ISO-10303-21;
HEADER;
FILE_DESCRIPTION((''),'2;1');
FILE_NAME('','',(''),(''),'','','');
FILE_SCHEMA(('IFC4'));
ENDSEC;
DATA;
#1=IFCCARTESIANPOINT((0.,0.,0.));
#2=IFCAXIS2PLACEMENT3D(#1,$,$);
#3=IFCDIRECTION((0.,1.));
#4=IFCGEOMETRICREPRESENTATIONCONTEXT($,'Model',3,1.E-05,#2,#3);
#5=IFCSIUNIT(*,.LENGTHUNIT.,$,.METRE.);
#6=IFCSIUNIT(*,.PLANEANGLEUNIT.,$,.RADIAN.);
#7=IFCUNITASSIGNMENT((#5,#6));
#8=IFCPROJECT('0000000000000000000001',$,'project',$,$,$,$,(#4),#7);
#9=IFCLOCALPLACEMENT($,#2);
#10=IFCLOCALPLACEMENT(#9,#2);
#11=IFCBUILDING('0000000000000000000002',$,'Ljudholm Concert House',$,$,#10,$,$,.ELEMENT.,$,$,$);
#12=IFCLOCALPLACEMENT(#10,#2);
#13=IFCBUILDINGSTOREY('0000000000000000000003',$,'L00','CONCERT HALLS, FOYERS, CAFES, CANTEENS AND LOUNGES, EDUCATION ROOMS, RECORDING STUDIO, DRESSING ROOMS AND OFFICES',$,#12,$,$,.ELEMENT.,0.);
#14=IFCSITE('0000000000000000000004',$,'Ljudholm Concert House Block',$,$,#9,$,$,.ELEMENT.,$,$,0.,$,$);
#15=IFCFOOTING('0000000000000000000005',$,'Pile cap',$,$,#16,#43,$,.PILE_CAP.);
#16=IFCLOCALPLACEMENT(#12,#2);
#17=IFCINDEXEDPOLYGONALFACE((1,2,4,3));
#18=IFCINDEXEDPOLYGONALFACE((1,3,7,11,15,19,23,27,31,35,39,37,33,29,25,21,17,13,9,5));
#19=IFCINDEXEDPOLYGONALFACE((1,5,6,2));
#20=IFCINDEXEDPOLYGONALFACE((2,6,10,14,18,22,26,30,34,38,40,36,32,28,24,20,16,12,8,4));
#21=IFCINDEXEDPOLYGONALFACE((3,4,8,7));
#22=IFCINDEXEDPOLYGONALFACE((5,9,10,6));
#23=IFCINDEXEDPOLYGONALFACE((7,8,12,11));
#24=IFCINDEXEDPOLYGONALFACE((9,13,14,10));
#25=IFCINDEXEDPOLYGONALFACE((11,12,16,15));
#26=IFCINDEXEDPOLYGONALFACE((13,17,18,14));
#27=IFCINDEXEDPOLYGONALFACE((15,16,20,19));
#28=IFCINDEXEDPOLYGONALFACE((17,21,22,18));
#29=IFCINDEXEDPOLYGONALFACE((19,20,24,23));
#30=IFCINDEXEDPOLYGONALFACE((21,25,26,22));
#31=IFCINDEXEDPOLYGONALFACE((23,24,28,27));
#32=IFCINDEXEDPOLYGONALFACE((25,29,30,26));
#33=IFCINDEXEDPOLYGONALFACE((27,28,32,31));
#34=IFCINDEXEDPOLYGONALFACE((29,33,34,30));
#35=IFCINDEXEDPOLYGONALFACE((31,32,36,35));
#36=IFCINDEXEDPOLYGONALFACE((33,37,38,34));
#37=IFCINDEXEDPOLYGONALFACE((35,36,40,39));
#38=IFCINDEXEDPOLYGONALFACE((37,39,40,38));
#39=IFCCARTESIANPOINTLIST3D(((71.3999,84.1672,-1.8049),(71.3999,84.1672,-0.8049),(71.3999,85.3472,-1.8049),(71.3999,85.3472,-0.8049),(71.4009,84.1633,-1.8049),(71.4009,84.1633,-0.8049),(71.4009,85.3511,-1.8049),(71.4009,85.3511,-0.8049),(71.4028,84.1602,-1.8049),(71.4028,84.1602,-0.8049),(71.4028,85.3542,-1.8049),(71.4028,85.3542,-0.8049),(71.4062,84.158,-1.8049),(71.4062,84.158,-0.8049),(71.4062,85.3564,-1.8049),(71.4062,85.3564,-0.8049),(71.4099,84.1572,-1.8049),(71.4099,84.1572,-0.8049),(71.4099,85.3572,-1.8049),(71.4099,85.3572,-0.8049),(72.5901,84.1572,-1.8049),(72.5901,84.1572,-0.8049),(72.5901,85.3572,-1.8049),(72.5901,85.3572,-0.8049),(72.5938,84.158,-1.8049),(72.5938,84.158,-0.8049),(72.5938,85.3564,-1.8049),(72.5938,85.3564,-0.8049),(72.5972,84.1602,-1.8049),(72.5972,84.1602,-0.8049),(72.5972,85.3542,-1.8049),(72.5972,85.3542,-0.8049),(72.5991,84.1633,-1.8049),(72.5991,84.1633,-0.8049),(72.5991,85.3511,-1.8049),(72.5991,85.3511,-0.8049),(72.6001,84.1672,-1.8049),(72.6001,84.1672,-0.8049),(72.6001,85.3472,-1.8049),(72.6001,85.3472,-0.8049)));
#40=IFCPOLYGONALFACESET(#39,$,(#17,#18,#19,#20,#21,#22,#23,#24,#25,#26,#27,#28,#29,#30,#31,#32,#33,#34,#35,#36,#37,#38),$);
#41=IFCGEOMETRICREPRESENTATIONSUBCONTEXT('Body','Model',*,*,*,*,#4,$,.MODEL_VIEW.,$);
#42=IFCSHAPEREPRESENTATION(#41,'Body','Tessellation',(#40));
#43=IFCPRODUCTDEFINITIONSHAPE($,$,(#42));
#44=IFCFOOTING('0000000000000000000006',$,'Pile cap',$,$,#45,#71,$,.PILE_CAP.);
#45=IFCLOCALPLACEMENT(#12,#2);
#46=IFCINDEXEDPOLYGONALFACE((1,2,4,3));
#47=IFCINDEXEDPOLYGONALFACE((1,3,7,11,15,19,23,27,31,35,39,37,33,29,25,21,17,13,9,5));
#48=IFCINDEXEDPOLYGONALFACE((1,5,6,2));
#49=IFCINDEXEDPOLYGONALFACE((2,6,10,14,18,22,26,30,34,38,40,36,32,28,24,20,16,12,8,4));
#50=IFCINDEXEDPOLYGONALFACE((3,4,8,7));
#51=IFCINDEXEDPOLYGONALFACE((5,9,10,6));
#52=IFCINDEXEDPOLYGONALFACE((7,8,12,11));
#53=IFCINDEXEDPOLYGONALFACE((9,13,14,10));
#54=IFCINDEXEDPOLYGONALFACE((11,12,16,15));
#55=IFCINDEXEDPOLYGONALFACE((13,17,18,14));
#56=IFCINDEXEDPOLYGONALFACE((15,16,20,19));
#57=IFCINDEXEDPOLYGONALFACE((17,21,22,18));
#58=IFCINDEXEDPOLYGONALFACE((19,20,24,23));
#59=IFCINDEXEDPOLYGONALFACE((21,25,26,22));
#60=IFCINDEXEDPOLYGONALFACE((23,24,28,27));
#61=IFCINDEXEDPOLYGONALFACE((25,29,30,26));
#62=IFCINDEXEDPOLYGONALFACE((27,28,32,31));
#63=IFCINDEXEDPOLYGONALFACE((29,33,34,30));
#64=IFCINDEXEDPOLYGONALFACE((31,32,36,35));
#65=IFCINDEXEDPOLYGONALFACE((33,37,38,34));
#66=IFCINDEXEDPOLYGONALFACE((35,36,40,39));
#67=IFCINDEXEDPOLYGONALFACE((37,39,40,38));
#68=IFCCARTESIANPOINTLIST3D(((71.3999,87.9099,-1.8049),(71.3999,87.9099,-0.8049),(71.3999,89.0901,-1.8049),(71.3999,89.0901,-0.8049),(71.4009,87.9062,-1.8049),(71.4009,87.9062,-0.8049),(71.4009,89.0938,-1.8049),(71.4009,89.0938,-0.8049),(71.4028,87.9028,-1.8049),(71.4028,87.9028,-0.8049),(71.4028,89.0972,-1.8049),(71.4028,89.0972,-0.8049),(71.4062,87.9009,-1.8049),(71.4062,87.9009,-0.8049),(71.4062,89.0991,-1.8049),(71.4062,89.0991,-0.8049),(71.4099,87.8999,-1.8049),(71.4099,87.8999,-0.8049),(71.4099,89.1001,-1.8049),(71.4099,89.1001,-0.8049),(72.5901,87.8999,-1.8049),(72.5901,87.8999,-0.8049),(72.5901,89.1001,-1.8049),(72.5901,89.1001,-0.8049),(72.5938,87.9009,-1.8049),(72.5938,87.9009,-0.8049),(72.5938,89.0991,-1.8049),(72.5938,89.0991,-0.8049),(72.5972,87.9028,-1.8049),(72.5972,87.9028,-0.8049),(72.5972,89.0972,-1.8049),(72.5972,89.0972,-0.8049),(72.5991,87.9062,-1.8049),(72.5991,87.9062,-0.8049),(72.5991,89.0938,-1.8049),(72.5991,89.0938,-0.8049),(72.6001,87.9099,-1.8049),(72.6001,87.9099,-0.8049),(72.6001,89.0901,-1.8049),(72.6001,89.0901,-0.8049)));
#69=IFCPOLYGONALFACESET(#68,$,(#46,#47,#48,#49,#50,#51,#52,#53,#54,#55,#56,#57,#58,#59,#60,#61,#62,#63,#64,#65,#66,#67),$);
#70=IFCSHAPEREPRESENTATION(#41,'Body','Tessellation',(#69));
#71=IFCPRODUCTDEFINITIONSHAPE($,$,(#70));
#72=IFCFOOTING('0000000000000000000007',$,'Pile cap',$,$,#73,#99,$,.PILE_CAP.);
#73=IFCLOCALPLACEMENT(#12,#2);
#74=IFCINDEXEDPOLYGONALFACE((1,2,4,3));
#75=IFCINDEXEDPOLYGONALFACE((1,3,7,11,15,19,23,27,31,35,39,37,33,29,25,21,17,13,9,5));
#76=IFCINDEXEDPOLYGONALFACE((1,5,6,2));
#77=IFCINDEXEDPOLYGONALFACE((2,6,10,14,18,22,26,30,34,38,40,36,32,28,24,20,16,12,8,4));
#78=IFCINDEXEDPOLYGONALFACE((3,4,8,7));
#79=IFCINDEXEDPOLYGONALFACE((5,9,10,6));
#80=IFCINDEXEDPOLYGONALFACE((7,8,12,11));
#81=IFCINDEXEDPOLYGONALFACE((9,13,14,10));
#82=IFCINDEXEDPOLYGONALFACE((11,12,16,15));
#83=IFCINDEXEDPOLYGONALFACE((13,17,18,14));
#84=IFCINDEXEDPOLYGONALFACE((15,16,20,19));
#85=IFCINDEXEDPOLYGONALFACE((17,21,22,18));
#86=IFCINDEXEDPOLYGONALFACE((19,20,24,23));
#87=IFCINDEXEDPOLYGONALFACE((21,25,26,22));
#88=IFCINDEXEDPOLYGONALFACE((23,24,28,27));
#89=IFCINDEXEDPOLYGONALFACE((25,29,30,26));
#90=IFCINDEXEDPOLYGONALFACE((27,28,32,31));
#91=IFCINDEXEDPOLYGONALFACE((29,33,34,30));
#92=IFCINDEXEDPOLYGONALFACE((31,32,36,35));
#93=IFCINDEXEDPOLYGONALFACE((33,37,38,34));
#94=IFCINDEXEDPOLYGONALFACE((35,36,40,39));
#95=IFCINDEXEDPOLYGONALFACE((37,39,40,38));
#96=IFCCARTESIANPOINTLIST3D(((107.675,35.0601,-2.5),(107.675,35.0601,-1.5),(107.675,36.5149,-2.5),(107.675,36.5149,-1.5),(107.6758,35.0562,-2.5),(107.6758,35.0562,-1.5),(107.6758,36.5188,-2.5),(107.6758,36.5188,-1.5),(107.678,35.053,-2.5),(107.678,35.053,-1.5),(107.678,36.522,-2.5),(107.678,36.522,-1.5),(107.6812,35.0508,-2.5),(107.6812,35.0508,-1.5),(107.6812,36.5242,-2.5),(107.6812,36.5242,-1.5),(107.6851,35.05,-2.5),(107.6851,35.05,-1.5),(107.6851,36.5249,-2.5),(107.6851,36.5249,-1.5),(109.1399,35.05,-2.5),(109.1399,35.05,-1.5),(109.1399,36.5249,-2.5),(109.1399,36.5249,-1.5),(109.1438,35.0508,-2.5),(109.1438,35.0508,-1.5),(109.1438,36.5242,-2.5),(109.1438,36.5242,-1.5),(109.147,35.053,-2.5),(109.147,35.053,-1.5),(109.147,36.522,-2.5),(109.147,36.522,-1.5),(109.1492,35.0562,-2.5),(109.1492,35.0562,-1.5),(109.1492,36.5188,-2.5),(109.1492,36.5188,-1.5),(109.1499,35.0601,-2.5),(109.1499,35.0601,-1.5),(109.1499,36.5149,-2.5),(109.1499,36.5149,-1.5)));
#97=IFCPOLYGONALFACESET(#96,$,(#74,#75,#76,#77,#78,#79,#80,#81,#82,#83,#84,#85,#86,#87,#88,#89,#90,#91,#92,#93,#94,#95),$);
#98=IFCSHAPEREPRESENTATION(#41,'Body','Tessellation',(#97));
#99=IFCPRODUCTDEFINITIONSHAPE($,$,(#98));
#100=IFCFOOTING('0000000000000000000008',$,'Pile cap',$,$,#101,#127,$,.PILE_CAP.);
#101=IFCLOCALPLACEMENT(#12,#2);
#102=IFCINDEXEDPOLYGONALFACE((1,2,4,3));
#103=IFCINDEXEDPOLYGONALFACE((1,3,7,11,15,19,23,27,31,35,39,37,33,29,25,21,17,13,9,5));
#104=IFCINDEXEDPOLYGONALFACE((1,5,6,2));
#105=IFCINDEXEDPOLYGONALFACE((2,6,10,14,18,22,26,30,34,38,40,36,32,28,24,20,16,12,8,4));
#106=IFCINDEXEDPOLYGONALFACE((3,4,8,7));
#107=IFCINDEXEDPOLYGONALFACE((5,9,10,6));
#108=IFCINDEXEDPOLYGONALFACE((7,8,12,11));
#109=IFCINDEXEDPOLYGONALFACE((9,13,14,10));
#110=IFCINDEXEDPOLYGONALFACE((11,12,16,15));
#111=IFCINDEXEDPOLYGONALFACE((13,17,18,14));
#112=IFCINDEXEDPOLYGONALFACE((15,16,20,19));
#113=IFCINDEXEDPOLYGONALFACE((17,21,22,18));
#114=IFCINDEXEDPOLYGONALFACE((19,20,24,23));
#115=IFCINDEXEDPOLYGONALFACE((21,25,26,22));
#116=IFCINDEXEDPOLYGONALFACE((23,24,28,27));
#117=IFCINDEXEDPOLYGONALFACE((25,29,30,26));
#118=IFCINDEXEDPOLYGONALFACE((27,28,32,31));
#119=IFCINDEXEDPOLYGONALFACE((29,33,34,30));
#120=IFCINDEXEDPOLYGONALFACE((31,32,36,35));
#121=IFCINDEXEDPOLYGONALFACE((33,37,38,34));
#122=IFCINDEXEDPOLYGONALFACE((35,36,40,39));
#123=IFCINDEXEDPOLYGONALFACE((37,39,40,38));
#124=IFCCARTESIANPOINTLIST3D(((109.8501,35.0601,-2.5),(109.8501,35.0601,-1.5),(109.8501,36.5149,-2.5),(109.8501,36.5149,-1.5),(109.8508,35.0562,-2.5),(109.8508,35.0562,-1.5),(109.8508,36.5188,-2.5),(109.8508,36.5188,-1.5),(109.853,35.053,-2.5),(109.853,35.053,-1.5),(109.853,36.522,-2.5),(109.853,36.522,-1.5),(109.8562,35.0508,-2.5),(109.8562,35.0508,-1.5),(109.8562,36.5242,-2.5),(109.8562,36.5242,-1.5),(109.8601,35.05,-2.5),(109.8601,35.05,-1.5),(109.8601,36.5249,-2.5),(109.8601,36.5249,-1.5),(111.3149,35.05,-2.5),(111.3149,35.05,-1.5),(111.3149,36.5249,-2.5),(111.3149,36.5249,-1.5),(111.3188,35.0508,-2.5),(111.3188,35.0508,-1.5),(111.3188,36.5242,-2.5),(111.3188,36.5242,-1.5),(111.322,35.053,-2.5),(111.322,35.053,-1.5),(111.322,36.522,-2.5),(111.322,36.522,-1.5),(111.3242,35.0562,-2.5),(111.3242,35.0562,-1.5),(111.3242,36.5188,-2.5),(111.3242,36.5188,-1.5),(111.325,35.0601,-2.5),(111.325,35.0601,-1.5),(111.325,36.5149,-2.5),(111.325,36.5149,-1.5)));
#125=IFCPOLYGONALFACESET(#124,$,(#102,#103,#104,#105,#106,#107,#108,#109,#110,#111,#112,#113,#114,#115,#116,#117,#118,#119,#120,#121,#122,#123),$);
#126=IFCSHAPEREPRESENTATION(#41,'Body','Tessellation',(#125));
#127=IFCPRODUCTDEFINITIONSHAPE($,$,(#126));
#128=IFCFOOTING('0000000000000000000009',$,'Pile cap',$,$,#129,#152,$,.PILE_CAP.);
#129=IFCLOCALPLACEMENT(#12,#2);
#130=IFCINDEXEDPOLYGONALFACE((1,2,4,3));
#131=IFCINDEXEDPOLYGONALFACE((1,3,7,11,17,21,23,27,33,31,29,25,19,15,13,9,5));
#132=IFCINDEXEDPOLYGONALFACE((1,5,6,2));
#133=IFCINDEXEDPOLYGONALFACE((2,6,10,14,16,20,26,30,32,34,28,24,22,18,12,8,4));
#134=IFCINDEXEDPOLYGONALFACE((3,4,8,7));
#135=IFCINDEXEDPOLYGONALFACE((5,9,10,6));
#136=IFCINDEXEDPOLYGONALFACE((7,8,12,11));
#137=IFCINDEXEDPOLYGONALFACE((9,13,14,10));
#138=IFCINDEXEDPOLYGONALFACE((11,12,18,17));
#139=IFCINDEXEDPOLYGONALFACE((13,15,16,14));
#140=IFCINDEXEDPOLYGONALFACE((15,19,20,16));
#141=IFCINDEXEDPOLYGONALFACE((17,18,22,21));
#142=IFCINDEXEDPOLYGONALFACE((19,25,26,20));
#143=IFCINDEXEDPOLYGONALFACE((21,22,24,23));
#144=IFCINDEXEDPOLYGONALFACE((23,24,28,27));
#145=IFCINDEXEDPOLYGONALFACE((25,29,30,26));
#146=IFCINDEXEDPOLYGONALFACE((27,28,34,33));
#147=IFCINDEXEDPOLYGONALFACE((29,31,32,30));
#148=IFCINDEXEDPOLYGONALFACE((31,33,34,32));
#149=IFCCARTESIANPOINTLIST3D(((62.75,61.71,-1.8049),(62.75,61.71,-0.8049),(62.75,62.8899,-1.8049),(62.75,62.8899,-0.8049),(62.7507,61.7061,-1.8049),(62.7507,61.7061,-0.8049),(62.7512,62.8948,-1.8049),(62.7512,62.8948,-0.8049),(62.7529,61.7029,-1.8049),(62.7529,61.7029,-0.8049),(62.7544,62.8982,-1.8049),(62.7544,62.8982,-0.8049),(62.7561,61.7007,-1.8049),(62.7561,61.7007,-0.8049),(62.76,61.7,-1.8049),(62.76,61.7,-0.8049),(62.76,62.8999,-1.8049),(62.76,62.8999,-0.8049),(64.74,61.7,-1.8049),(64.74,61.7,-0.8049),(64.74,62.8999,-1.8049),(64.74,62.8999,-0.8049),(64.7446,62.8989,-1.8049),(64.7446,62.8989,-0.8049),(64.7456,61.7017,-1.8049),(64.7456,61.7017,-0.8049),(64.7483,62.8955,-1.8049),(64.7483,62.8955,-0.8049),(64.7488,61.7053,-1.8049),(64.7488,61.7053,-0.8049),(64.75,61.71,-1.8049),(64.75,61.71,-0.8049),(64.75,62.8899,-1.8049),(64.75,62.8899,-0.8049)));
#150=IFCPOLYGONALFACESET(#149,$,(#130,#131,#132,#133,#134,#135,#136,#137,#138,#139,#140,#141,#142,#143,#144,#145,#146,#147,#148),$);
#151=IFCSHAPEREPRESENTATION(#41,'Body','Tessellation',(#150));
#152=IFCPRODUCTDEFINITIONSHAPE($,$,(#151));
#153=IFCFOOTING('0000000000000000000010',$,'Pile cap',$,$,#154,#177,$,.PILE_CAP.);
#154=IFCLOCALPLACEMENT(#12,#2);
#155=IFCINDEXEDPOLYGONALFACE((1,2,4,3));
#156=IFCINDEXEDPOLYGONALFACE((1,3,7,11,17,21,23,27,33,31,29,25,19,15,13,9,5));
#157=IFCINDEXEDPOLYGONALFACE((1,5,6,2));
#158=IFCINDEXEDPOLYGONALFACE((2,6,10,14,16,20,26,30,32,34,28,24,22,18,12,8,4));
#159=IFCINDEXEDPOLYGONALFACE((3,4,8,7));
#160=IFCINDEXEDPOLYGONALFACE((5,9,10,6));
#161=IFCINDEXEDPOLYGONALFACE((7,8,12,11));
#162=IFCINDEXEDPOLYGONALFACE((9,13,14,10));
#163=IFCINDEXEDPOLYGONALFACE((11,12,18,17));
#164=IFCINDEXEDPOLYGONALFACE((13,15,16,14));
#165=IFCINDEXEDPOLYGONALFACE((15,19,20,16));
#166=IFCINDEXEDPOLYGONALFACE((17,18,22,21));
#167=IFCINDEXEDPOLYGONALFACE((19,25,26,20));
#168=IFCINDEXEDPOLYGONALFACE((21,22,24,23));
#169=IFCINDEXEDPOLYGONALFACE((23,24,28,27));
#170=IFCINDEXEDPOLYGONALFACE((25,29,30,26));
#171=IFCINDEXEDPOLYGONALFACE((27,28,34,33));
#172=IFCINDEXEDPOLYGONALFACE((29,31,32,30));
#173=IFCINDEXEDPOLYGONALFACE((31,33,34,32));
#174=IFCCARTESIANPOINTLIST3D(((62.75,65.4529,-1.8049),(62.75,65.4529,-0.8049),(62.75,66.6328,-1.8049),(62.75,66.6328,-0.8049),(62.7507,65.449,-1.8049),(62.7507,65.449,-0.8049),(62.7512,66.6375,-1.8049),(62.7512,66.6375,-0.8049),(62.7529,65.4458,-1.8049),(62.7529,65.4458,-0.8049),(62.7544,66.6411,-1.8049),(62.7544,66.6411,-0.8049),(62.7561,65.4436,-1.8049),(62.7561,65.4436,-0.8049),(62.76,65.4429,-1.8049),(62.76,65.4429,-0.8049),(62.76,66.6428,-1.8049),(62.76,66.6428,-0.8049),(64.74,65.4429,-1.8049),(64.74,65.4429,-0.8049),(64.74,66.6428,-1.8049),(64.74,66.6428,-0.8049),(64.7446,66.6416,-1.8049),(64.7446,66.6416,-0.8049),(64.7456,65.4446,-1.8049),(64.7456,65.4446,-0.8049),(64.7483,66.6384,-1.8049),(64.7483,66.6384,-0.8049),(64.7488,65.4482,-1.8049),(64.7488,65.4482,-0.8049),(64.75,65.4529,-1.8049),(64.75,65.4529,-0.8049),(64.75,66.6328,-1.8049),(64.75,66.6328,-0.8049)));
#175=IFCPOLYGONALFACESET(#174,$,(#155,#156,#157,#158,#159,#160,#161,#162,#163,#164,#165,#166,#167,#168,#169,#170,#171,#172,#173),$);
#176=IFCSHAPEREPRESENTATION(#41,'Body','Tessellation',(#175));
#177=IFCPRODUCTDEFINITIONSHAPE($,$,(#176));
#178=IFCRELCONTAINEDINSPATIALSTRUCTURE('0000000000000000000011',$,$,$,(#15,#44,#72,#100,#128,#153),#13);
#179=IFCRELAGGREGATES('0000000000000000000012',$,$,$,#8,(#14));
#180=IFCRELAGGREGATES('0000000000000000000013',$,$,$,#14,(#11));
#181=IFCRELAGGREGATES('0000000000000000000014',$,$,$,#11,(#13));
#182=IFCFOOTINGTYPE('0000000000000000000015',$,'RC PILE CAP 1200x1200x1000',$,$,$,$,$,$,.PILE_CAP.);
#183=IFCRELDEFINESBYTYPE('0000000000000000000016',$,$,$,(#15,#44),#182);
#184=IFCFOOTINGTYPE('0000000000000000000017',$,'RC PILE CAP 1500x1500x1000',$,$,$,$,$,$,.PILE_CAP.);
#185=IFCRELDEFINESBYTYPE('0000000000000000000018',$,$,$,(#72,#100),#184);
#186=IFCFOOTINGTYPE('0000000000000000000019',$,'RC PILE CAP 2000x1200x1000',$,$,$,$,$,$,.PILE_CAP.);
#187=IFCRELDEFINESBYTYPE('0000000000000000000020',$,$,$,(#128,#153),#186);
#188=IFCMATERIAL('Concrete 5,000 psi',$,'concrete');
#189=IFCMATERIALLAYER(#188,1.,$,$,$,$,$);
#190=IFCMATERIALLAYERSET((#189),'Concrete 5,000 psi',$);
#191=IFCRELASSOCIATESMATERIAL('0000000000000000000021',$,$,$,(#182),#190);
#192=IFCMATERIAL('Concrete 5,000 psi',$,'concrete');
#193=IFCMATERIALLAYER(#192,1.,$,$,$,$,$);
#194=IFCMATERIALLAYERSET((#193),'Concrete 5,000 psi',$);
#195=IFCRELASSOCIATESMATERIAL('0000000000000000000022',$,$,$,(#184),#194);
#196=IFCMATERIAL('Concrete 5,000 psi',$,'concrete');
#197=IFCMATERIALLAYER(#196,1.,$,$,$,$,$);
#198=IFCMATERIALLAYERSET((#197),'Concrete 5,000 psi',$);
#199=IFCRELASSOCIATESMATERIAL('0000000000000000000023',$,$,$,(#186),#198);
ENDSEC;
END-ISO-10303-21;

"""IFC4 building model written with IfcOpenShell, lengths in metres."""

from ifc_helpers import new_model, si_unit, direction, frame, origin, place, context, subcontext, project, spatial, polyline, outline, extrude, material, layer, layer_set, type_object, element, save


model = new_model("IFC4")

# Units and contexts
model_context = context("Model", 3, precision=1e-05, world=origin(), true_north=direction((0.0, 1.0)))
body_context = subcontext(model_context, "Body", "Model", "MODEL_VIEW")
ifc_project = project(units=[si_unit("LENGTHUNIT", "METRE"), si_unit("PLANEANGLEUNIT", "RADIAN")], contexts=[model_context])

# Site, building, storey
site_placement = place(None, origin())
site = spatial("IfcSite", under=ifc_project, at=site_placement, Name="Ljudholm Concert House Block", CompositionType="ELEMENT", RefElevation=0.0)
building_placement = place(site_placement, origin())
building = spatial("IfcBuilding", under=site, at=building_placement, Name="Ljudholm Concert House", CompositionType="ELEMENT")
storey_placement = place(building_placement, origin())
storey = spatial("IfcBuildingStorey", under=building, at=storey_placement, Name="L00", Description="CONCERT HALLS, FOYERS, CAFES, CANTEENS AND LOUNGES, EDUCATION ROOMS, RECORDING STUDIO, DRESSING ROOMS AND OFFICES", CompositionType="ELEMENT", Elevation=0.0)

# Footings
ifc_material_1 = material(Name="Concrete 5,000 psi", Category="concrete")
ifc_layer_1 = layer(ifc_material_1, 1.0)
ifc_layer_set_1 = layer_set([ifc_layer_1], Name="Concrete 5,000 psi")
footing_type_1 = type_object("IfcFootingType", Name="RC PILE CAP 1200x1200x1000", PredefinedType="PILE_CAP", material=ifc_layer_set_1)
footing_1_placement = place(storey_placement, frame((0.0, 0.0, -1.8049)))
element("IfcFooting", 1, at=footing_1_placement, inside=storey, type_object=footing_type_1, Name="Pile cap", PredefinedType="PILE_CAP", context=body_context, shape_type="SweptSolid", body=[
    extrude(outline(polyline([(71.4099, 84.1572), (72.5901, 84.1572), (72.5938, 84.158), (72.5972, 84.1602), (72.5991, 84.1633), (72.6001, 84.1672), (72.6001, 85.3472), (72.5991, 85.3511), (72.5972, 85.3542), (72.5938, 85.3564), (72.5901, 85.3572), (71.4099, 85.3572), (71.4062, 85.3564), (71.4028, 85.3542), (71.4009, 85.3511), (71.3999, 85.3472), (71.3999, 84.1672), (71.4009, 84.1633), (71.4028, 84.1602), (71.4062, 84.158), (71.4099, 84.1572)])), origin(), (0.0, 0.0, 1.0), 1.0),
])
footing_2_placement = place(storey_placement, frame((0.0, 0.0, -1.8049)))
element("IfcFooting", 2, at=footing_2_placement, inside=storey, type_object=footing_type_1, Name="Pile cap", PredefinedType="PILE_CAP", context=body_context, shape_type="SweptSolid", body=[
    extrude(outline(polyline([(71.4099, 87.8999), (72.5901, 87.8999), (72.5938, 87.9009), (72.5972, 87.9028), (72.5991, 87.9062), (72.6001, 87.9099), (72.6001, 89.0901), (72.5991, 89.0938), (72.5972, 89.0972), (72.5938, 89.0991), (72.5901, 89.1001), (71.4099, 89.1001), (71.4062, 89.0991), (71.4028, 89.0972), (71.4009, 89.0938), (71.3999, 89.0901), (71.3999, 87.9099), (71.4009, 87.9062), (71.4028, 87.9028), (71.4062, 87.9009), (71.4099, 87.8999)])), origin(), (0.0, 0.0, 1.0), 1.0),
])
ifc_material_2 = material(Name="Concrete 5,000 psi", Category="concrete")
ifc_layer_2 = layer(ifc_material_2, 1.0)
ifc_layer_set_2 = layer_set([ifc_layer_2], Name="Concrete 5,000 psi")
footing_type_2 = type_object("IfcFootingType", Name="RC PILE CAP 1500x1500x1000", PredefinedType="PILE_CAP", material=ifc_layer_set_2)
footing_3_placement = place(storey_placement, frame((0.0, 0.0, -2.5)))
element("IfcFooting", 3, at=footing_3_placement, inside=storey, type_object=footing_type_2, Name="Pile cap", PredefinedType="PILE_CAP", context=body_context, shape_type="SweptSolid", body=[
    extrude(outline(polyline([(107.6851, 35.05), (109.1399, 35.05), (109.1438, 35.0508), (109.147, 35.053), (109.1492, 35.0562), (109.1499, 35.0601), (109.1499, 36.5149), (109.1492, 36.5188), (109.147, 36.522), (109.1438, 36.5242), (109.1399, 36.5249), (107.6851, 36.5249), (107.6812, 36.5242), (107.678, 36.522), (107.6758, 36.5188), (107.675, 36.5149), (107.675, 35.0601), (107.6758, 35.0562), (107.678, 35.053), (107.6812, 35.0508), (107.6851, 35.05)])), origin(), (0.0, 0.0, 1.0), 1.0),
])
footing_4_placement = place(storey_placement, frame((0.0, 0.0, -2.5)))
element("IfcFooting", 4, at=footing_4_placement, inside=storey, type_object=footing_type_2, Name="Pile cap", PredefinedType="PILE_CAP", context=body_context, shape_type="SweptSolid", body=[
    extrude(outline(polyline([(109.8601, 35.05), (111.3149, 35.05), (111.3188, 35.0508), (111.322, 35.053), (111.3242, 35.0562), (111.325, 35.0601), (111.325, 36.5149), (111.3242, 36.5188), (111.322, 36.522), (111.3188, 36.5242), (111.3149, 36.5249), (109.8601, 36.5249), (109.8562, 36.5242), (109.853, 36.522), (109.8508, 36.5188), (109.8501, 36.5149), (109.8501, 35.0601), (109.8508, 35.0562), (109.853, 35.053), (109.8562, 35.0508), (109.8601, 35.05)])), origin(), (0.0, 0.0, 1.0), 1.0),
])
ifc_material_3 = material(Name="Concrete 5,000 psi", Category="concrete")
ifc_layer_3 = layer(ifc_material_3, 1.0)
ifc_layer_set_3 = layer_set([ifc_layer_3], Name="Concrete 5,000 psi")
footing_type_3 = type_object("IfcFootingType", Name="RC PILE CAP 2000x1200x1000", PredefinedType="PILE_CAP", material=ifc_layer_set_3)
footing_5_placement = place(storey_placement, frame((0.0, 0.0, -1.8049)))
element("IfcFooting", 5, at=footing_5_placement, inside=storey, type_object=footing_type_3, Name="Pile cap", PredefinedType="PILE_CAP", context=body_context, shape_type="SweptSolid", body=[
    extrude(outline(polyline([(62.76, 61.7), (64.74, 61.7), (64.7456, 61.7017), (64.7488, 61.7053), (64.75, 61.71), (64.75, 62.8899), (64.7483, 62.8955), (64.7446, 62.8989), (64.74, 62.8999), (62.76, 62.8999), (62.7544, 62.8982), (62.7512, 62.8948), (62.75, 62.8899), (62.75, 61.71), (62.7507, 61.7061), (62.7529, 61.7029), (62.7561, 61.7007), (62.76, 61.7)])), origin(), (0.0, 0.0, 1.0), 1.0),
])
footing_6_placement = place(storey_placement, frame((0.0, 0.0, -1.8049)))
element("IfcFooting", 6, at=footing_6_placement, inside=storey, type_object=footing_type_3, Name="Pile cap", PredefinedType="PILE_CAP", context=body_context, shape_type="SweptSolid", body=[
    extrude(outline(polyline([(62.76, 65.4429), (64.74, 65.4429), (64.7456, 65.4446), (64.7488, 65.4482), (64.75, 65.4529), (64.75, 66.6328), (64.7483, 66.6384), (64.7446, 66.6416), (64.74, 66.6428), (62.76, 66.6428), (62.7544, 66.6411), (62.7512, 66.6375), (62.75, 66.6328), (62.75, 65.4529), (62.7507, 65.449), (62.7529, 65.4458), (62.7561, 65.4436), (62.76, 65.4429)])), origin(), (0.0, 0.0, 1.0), 1.0),
])

save(model, "model.ifc")
